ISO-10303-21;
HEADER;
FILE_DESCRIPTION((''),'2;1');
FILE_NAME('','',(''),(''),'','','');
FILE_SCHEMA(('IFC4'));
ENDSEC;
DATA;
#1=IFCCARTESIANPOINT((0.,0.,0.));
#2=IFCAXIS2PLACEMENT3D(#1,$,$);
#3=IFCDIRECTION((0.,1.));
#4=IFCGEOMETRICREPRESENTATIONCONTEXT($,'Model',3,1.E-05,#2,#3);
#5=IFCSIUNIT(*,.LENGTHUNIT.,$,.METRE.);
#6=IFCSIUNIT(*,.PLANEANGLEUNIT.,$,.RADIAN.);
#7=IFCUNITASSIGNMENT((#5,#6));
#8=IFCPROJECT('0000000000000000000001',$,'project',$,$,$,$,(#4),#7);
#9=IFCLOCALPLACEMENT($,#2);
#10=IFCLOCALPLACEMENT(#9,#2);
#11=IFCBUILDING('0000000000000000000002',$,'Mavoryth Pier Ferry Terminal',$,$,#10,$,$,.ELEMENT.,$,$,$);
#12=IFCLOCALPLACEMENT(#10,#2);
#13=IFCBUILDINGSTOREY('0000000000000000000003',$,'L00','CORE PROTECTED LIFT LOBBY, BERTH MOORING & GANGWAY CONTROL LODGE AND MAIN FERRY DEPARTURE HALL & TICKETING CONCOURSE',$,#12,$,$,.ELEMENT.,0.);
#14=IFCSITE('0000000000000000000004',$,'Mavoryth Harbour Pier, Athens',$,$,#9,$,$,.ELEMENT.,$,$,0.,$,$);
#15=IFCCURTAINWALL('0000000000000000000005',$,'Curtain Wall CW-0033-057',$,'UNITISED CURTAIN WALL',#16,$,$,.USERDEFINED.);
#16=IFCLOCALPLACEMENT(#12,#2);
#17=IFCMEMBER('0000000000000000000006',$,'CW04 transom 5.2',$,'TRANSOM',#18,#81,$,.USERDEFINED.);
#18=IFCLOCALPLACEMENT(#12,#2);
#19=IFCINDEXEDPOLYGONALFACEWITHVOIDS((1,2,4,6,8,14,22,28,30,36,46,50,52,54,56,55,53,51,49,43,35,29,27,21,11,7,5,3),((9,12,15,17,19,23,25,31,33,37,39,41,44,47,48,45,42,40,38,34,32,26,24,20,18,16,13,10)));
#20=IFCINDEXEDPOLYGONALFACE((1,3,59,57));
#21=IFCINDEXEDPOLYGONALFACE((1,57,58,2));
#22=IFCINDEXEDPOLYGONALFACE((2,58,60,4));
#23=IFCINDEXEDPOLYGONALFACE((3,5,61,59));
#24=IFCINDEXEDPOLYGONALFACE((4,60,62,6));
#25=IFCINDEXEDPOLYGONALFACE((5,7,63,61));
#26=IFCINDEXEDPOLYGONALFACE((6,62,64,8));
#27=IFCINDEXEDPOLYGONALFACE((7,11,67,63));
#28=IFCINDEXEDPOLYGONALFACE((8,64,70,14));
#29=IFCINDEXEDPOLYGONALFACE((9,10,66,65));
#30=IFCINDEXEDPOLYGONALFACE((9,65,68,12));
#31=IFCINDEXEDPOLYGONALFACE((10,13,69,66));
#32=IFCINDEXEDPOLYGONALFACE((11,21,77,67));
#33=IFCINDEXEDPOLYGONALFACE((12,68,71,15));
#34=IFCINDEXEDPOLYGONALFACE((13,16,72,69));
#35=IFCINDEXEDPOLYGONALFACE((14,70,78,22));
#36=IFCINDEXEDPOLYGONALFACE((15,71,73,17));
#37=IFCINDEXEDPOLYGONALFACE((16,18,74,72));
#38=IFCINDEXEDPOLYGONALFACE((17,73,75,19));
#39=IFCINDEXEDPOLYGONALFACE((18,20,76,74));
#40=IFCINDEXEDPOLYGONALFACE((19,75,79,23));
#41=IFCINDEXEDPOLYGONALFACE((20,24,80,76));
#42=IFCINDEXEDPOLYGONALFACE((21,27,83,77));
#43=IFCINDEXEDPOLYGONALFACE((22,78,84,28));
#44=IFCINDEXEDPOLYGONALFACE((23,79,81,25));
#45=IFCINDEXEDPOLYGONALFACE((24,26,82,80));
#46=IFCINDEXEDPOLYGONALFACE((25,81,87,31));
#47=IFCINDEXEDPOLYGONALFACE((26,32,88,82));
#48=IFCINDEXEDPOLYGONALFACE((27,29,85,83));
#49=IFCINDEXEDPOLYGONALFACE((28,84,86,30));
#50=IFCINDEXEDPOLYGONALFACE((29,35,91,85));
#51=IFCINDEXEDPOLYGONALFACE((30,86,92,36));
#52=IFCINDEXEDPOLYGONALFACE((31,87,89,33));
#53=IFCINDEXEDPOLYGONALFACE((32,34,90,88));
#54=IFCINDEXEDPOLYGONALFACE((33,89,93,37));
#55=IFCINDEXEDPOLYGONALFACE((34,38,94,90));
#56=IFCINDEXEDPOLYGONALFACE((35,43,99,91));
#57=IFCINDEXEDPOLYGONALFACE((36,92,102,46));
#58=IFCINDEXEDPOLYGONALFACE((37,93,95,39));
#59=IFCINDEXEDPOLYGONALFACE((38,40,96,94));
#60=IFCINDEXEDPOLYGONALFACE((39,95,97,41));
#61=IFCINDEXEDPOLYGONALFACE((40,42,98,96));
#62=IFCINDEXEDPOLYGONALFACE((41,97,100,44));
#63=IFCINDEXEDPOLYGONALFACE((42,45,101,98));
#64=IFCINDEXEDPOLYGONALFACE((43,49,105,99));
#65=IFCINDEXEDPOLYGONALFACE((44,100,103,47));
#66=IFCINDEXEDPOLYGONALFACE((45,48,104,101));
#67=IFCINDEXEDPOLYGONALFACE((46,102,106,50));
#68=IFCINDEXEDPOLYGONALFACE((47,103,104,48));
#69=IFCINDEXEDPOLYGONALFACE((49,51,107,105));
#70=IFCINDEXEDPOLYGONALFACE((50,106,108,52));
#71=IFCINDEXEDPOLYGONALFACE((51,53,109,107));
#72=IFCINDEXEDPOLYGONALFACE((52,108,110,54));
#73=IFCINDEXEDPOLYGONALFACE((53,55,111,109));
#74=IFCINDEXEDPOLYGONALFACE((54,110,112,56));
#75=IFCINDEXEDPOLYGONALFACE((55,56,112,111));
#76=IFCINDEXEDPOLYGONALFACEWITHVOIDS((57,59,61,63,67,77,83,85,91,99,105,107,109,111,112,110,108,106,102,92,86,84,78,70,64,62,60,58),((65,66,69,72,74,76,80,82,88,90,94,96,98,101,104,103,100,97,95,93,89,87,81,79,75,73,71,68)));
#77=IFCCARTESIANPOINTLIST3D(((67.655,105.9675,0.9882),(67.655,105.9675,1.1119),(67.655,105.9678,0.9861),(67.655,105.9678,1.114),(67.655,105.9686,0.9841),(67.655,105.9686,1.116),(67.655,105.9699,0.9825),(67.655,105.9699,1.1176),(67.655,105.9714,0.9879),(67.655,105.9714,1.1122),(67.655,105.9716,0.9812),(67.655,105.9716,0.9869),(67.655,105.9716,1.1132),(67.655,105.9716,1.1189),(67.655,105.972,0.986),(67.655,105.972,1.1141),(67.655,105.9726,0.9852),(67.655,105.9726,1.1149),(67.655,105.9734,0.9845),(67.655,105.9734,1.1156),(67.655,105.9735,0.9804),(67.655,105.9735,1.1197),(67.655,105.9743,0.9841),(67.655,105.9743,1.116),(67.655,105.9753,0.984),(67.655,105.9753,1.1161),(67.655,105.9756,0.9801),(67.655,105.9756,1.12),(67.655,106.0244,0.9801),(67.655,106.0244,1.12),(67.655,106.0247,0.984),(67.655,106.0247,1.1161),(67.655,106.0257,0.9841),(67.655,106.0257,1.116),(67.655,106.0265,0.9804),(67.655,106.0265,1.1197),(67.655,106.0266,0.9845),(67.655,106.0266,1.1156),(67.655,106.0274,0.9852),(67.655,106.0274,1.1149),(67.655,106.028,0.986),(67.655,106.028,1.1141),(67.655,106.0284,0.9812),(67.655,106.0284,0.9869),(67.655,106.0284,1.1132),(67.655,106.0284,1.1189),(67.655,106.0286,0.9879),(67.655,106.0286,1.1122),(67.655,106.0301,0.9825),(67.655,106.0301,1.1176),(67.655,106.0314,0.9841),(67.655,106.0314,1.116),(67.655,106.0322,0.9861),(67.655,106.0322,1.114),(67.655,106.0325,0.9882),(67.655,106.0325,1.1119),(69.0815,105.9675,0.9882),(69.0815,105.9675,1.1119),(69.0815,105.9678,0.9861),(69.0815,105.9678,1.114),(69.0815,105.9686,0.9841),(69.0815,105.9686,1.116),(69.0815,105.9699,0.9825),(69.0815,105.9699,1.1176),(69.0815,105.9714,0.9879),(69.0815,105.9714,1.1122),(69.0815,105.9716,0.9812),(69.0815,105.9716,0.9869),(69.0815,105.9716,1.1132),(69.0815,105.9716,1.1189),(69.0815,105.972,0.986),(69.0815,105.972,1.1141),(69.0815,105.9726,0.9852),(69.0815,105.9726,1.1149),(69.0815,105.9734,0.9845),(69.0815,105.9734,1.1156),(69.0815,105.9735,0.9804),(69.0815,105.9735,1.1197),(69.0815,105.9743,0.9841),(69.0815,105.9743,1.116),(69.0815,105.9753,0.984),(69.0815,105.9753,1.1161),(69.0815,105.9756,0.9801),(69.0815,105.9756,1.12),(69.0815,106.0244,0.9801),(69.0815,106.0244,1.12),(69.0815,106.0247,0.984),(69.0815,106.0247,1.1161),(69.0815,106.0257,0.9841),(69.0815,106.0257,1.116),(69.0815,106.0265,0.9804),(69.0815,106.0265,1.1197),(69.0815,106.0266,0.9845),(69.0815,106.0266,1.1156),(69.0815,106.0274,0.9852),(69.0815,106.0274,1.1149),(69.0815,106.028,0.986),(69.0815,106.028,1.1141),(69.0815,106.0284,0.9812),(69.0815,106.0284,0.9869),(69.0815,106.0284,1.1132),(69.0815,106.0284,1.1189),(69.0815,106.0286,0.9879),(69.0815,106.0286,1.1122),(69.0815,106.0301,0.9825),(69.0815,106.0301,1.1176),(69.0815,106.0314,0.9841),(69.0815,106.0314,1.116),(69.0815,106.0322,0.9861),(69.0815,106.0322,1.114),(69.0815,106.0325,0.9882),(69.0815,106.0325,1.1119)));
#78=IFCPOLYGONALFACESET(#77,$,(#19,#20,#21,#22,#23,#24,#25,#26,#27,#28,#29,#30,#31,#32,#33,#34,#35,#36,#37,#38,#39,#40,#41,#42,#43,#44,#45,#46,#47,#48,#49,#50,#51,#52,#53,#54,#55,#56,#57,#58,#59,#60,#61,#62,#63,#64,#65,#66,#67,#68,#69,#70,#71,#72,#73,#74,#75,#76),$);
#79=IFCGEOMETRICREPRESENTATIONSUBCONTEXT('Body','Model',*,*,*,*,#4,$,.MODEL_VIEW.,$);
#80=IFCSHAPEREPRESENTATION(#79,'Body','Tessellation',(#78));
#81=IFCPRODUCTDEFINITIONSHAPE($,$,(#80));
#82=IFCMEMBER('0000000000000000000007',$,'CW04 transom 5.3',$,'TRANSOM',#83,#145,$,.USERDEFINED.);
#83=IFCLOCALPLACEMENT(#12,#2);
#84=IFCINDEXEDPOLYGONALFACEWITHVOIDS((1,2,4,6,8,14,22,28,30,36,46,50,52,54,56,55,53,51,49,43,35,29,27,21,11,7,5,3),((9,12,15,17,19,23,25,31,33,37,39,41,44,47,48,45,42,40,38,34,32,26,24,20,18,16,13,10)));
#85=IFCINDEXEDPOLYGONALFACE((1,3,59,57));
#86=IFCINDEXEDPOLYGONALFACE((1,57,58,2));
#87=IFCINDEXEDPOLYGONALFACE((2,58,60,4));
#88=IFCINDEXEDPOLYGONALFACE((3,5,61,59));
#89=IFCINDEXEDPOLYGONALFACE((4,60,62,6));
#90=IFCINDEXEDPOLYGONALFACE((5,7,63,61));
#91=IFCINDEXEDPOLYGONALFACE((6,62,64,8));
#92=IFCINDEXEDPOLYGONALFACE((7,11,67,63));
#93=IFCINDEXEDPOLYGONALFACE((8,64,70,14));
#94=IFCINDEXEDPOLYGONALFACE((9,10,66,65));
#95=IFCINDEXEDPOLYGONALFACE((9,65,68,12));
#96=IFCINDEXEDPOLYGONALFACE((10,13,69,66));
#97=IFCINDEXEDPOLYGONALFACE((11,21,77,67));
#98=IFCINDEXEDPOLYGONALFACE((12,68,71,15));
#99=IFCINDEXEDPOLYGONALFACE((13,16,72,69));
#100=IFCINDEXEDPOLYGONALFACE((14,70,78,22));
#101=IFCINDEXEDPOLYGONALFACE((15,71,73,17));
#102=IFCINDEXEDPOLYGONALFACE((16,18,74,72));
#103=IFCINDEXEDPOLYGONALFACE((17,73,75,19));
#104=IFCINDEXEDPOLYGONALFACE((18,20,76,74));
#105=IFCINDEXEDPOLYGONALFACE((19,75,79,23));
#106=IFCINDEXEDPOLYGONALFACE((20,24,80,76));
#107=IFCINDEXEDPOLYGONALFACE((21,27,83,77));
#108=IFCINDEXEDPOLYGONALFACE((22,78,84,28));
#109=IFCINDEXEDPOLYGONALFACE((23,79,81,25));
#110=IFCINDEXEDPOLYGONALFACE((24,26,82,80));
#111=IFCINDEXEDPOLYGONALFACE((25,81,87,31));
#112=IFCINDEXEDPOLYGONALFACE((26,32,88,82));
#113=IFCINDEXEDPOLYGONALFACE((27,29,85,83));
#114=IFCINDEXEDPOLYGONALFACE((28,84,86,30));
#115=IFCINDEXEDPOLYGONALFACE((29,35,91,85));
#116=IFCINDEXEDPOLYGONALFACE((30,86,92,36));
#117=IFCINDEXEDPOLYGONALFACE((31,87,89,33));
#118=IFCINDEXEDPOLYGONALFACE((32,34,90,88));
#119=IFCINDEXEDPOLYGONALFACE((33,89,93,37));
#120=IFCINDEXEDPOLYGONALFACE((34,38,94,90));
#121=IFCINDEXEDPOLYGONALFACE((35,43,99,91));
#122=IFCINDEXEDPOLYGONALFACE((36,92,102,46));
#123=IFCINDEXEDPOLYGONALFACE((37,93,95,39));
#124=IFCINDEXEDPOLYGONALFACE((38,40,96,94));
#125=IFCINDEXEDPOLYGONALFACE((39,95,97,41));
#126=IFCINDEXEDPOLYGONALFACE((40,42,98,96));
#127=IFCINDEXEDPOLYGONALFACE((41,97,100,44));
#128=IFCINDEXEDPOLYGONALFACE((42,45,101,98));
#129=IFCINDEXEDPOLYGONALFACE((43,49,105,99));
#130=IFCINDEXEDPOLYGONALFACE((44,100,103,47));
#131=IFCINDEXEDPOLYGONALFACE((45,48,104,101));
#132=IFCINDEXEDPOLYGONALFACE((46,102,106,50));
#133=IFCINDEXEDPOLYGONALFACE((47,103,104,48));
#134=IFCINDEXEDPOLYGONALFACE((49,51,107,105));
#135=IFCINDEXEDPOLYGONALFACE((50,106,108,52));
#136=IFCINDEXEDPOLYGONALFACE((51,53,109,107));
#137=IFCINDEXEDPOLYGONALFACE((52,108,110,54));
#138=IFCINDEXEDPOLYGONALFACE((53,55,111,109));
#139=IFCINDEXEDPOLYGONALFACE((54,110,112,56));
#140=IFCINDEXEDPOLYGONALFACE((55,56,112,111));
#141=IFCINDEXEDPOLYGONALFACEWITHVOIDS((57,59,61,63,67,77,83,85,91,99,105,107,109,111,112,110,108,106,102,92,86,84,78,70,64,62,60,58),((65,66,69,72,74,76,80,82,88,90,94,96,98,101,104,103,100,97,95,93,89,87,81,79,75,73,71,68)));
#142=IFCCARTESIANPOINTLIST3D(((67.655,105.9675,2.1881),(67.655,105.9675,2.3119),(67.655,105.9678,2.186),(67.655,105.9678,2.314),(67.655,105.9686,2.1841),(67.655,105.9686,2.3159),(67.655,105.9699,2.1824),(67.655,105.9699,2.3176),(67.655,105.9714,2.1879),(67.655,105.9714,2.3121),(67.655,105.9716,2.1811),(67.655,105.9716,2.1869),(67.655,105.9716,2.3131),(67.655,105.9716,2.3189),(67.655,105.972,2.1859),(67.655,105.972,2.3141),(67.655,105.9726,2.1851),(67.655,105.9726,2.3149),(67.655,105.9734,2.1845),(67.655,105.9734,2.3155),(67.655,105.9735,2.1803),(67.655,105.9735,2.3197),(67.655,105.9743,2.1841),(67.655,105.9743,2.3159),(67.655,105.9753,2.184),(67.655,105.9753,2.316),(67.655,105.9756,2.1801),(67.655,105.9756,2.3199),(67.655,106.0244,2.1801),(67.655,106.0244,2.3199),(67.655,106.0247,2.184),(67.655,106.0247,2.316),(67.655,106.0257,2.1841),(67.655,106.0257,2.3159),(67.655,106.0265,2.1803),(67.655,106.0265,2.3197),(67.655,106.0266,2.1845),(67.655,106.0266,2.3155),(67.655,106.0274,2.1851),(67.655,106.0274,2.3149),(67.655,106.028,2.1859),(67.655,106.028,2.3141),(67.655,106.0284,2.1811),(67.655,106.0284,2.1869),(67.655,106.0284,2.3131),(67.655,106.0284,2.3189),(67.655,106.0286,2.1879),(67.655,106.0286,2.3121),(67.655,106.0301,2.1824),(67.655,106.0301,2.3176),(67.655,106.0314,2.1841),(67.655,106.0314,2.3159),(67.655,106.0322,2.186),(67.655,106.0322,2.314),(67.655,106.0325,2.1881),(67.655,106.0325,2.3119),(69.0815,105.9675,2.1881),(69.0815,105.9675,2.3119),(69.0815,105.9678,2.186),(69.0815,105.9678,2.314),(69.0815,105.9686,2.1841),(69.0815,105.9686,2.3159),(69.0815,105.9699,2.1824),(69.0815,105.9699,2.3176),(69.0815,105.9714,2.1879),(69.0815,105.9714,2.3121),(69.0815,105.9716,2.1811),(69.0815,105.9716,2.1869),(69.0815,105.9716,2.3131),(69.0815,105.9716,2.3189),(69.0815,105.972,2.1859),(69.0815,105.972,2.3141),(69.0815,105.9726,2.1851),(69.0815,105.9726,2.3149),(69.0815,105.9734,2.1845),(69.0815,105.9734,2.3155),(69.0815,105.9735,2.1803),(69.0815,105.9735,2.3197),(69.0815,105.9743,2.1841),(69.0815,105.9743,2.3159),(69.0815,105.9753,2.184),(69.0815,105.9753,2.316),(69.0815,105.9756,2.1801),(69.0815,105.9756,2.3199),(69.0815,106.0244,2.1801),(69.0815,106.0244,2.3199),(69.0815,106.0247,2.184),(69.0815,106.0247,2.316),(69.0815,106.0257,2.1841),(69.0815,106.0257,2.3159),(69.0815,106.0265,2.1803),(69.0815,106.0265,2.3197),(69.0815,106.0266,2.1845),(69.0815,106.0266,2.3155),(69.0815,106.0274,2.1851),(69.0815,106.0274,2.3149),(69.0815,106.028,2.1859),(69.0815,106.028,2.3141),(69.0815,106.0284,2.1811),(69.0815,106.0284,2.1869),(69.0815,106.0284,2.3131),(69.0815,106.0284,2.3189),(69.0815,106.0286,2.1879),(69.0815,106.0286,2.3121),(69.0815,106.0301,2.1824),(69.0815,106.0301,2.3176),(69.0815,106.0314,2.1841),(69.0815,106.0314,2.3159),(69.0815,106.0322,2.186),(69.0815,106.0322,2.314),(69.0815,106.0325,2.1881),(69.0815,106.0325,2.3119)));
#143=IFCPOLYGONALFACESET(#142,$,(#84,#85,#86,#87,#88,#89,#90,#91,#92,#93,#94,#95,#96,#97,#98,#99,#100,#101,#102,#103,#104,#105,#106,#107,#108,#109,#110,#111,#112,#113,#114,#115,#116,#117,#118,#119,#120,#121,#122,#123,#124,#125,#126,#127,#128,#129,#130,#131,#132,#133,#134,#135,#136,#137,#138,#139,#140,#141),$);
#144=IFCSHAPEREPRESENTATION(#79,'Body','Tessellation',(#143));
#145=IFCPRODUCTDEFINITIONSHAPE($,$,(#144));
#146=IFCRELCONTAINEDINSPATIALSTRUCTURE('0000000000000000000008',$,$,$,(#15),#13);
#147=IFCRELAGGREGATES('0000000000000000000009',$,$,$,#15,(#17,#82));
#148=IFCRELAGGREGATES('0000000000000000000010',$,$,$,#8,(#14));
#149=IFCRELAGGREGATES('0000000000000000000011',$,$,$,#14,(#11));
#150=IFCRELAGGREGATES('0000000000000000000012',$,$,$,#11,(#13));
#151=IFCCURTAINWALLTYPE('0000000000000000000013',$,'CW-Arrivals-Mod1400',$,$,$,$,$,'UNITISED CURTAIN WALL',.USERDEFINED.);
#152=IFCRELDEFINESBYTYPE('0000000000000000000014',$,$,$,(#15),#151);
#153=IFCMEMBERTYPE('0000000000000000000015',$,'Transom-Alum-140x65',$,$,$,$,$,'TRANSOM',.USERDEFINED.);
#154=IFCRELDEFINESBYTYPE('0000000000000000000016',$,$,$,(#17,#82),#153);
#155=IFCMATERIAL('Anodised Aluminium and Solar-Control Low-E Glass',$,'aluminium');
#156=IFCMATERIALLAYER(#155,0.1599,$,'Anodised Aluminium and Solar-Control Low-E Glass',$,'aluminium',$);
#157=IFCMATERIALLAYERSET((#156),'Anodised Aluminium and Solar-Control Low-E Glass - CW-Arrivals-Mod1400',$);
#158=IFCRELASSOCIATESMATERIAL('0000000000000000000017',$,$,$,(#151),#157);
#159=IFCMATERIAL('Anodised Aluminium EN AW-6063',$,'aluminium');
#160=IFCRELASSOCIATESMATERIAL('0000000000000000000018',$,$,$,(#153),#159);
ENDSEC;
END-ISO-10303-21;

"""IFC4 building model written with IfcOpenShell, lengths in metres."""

from ifc_helpers import new_model, si_unit, direction, frame, origin, origin_2d, place, context, subcontext, project, spatial, hollow_rectangle, extrude, material, layer, layer_set, material_profile, profile_set, type_object, element, aggregate, save


model = new_model("IFC4")

# Units and contexts
model_context = context("Model", 3, precision=1e-05, world=origin(), true_north=direction((0.0, 1.0)))
body_context = subcontext(model_context, "Body", "Model", "MODEL_VIEW")
ifc_project = project(units=[si_unit("LENGTHUNIT", "METRE"), si_unit("PLANEANGLEUNIT", "RADIAN")], contexts=[model_context])

# Site, building, storey
site_placement = place(None, origin())
site = spatial("IfcSite", under=ifc_project, at=site_placement, Name="Mavoryth Harbour Pier, Athens", CompositionType="ELEMENT", RefElevation=0.0)
building_placement = place(site_placement, origin())
building = spatial("IfcBuilding", under=site, at=building_placement, Name="Mavoryth Pier Ferry Terminal", CompositionType="ELEMENT")
storey_placement = place(building_placement, origin())
storey = spatial("IfcBuildingStorey", under=building, at=storey_placement, Name="L00", Description="CORE PROTECTED LIFT LOBBY, BERTH MOORING & GANGWAY CONTROL LODGE AND MAIN FERRY DEPARTURE HALL & TICKETING CONCOURSE", CompositionType="ELEMENT", Elevation=0.0)

# Curtain wall, members
ifc_material_1 = material(Name="Anodised Aluminium and Solar-Control Low-E Glass", Category="aluminium")
ifc_layer_1 = layer(ifc_material_1, 0.1599, Name="Anodised Aluminium and Solar-Control Low-E Glass", Category="aluminium")
ifc_layer_set_1 = layer_set([ifc_layer_1], Name="Anodised Aluminium and Solar-Control Low-E Glass - CW-Arrivals-Mod1400")
curtain_wall_type = type_object("IfcCurtainWallType", Name="CW-Arrivals-Mod1400", ElementType="UNITISED CURTAIN WALL", PredefinedType="USERDEFINED", material=ifc_layer_set_1)
curtain_wall_placement = place(storey_placement, origin())
curtain_wall = element("IfcCurtainWall", 1, at=curtain_wall_placement, inside=storey, type_object=curtain_wall_type, Name="Curtain Wall CW-0033-057", ObjectType="UNITISED CURTAIN WALL", PredefinedType="USERDEFINED")
ifc_material_2 = material(Name="Anodised Aluminium EN AW-6063", Category="aluminium")
ifc_material_profile_1 = material_profile(ifc_material_2, hollow_rectangle(XDim=0.0649, YDim=0.1399, WallThickness=0.0039, InnerFilletRadius=0.0039, OuterFilletRadius=0.0081, at=origin_2d()), Name="AL-TRAN 140x65x4", Category="aluminium")
ifc_profile_set_1 = profile_set([ifc_material_profile_1], Name="Anodised Aluminium EN AW-6063 - AL-TRAN 140x65x4")
member_type_1 = type_object("IfcMemberType", Name="Transom-Alum-140x65", ElementType="TRANSOM", PredefinedType="USERDEFINED", material=ifc_profile_set_1)
member_1_placement = place(storey_placement, frame((69.0815, 106.0, 1.05), z_axis=(-1.0, 0.0, 0.0), x_axis=(0.0, -1.0, 0.0)))
member_1 = element("IfcMember", 2, at=member_1_placement, type_object=member_type_1, Name="CW04 transom 5.2", ObjectType="TRANSOM", PredefinedType="USERDEFINED", context=body_context, shape_type="SweptSolid", body=[
    extrude(hollow_rectangle(XDim=0.0649, YDim=0.1399, WallThickness=0.0039, InnerFilletRadius=0.0039, OuterFilletRadius=0.0081, at=origin_2d()), origin(), (0.0, 0.0, 1.0), 1.4265),
])
member_2_placement = place(storey_placement, frame((69.0815, 106.0, 2.25), z_axis=(-1.0, 0.0, 0.0), x_axis=(0.0, -1.0, 0.0)))
member_2 = element("IfcMember", 3, at=member_2_placement, type_object=member_type_1, Name="CW04 transom 5.3", ObjectType="TRANSOM", PredefinedType="USERDEFINED", context=body_context, shape_type="SweptSolid", body=[
    extrude(hollow_rectangle(XDim=0.0649, YDim=0.1399, WallThickness=0.0039, InnerFilletRadius=0.0039, OuterFilletRadius=0.0081, at=origin_2d()), origin(), (0.0, 0.0, 1.0), 1.4265),
])
aggregate(curtain_wall, [member_1, member_2])

save(model, "model.ifc")
